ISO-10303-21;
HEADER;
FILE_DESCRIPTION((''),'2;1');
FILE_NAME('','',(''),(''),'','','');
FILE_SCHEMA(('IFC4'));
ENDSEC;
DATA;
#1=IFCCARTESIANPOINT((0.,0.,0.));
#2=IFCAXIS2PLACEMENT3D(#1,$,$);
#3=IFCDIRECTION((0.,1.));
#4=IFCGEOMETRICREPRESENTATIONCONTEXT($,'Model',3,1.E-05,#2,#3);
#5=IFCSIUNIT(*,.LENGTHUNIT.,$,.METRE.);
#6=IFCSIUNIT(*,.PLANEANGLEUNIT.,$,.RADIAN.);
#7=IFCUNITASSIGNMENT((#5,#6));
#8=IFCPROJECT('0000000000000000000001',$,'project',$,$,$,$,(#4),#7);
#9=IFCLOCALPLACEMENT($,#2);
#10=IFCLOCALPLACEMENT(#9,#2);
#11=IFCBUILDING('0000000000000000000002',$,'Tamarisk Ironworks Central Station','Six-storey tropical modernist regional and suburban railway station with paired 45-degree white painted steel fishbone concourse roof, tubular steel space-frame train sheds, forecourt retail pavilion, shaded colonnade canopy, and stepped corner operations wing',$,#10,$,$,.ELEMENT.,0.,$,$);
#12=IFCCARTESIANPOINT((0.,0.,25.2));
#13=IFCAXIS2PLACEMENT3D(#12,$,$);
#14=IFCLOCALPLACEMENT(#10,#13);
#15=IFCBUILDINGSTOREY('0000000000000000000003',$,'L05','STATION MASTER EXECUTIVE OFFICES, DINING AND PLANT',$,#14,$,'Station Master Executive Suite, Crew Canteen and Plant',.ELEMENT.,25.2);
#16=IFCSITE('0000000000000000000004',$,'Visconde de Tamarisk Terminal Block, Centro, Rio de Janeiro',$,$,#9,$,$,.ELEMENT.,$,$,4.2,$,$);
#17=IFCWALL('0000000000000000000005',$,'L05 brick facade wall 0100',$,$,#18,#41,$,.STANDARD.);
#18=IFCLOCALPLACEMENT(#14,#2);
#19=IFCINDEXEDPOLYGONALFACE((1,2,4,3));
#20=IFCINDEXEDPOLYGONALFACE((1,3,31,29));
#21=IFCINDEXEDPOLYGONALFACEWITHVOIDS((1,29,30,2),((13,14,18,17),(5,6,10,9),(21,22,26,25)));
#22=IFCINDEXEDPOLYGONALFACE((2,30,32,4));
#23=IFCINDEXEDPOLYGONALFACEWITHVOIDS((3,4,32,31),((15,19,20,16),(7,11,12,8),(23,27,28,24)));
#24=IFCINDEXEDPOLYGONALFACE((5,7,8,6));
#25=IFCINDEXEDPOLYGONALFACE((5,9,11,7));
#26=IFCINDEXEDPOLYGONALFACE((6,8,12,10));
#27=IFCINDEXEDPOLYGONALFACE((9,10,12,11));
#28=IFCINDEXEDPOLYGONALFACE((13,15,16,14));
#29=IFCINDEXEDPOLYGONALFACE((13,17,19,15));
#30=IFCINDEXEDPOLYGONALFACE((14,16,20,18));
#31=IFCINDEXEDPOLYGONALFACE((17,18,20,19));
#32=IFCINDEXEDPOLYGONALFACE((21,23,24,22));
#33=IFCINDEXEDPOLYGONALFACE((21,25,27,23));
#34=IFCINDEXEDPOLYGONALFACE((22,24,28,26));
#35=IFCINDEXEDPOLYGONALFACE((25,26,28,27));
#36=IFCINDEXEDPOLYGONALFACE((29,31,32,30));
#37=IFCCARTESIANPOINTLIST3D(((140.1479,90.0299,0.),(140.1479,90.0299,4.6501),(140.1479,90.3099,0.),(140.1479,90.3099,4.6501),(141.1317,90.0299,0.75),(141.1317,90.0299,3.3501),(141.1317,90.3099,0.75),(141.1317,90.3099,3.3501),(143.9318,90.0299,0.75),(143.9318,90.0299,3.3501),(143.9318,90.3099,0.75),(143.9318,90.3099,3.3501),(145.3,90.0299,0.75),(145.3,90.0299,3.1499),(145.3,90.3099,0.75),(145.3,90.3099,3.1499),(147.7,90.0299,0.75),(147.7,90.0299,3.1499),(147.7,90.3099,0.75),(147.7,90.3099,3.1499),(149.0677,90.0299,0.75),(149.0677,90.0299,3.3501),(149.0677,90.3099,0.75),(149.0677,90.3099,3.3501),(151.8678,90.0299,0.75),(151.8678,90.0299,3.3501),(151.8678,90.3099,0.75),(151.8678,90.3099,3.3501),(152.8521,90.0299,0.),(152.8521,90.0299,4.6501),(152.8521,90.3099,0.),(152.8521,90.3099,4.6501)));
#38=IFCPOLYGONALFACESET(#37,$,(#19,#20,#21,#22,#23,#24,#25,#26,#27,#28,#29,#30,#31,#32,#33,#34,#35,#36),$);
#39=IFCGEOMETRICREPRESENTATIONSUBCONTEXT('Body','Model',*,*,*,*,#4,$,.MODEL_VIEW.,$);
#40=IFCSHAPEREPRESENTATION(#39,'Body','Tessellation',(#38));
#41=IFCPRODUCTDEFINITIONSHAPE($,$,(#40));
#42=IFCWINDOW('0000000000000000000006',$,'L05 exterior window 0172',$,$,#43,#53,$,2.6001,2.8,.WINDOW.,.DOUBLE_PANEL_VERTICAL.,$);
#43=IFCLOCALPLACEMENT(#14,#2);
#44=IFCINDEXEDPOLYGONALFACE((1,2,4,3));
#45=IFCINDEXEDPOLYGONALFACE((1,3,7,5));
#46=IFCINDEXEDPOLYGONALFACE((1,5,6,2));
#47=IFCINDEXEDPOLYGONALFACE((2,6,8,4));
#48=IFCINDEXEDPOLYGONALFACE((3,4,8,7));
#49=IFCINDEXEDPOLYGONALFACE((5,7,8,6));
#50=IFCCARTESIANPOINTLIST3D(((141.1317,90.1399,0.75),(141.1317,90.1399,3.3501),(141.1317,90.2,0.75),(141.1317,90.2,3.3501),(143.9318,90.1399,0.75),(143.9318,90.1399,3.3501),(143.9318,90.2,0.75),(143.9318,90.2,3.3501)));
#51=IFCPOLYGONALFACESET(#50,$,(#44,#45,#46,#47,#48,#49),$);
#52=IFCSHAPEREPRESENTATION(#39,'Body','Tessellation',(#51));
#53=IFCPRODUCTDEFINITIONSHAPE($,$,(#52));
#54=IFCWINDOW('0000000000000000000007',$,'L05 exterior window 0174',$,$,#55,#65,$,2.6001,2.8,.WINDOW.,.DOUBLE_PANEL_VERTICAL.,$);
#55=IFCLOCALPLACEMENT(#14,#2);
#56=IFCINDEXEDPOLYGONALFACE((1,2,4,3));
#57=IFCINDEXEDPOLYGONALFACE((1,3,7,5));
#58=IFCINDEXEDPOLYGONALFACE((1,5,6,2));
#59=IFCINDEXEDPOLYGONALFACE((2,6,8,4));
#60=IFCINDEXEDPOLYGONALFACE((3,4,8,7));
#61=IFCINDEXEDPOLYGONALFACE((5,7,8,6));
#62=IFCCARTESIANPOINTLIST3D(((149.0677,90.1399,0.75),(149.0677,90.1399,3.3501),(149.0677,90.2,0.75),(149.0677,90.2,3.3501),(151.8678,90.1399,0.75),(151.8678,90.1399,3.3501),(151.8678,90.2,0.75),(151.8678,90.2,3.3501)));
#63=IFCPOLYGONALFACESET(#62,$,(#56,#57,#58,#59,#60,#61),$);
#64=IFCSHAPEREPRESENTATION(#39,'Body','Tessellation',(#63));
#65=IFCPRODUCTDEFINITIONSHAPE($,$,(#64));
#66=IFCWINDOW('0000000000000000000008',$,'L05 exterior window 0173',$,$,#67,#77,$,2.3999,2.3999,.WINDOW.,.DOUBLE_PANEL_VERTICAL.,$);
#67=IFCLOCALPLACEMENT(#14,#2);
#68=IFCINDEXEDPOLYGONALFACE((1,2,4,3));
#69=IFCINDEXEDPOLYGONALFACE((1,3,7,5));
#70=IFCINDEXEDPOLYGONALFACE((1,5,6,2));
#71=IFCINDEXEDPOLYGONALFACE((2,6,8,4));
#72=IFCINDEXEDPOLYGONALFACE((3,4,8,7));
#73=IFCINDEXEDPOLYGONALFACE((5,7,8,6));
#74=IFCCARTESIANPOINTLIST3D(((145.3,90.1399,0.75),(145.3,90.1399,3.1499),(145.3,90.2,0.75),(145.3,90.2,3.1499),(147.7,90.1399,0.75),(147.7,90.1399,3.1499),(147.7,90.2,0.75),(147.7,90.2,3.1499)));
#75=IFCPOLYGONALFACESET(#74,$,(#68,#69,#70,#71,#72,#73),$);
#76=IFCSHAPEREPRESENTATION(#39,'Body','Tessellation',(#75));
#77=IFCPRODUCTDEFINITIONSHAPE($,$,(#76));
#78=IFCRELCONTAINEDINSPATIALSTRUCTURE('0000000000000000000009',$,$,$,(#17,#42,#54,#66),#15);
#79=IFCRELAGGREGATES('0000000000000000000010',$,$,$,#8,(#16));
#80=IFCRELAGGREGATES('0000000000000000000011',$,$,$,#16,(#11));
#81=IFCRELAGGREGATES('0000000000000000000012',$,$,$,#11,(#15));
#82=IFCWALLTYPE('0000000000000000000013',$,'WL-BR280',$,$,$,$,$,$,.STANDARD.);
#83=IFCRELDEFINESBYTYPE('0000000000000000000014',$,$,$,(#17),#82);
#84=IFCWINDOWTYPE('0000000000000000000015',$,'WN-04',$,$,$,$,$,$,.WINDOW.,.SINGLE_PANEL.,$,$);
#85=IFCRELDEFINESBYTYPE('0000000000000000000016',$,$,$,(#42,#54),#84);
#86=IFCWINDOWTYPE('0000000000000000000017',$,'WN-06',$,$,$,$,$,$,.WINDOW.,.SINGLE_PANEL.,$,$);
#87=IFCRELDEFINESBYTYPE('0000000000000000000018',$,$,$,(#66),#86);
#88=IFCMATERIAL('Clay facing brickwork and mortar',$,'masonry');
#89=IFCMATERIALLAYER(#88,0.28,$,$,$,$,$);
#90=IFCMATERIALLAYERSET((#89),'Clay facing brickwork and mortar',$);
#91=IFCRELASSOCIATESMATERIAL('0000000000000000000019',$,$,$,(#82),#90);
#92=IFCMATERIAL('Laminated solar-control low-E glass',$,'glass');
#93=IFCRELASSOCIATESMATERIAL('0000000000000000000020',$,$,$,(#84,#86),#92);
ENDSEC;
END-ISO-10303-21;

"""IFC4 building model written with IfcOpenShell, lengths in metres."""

from ifc_helpers import new_model, si_unit, direction, frame, frame_2d, origin, place, context, subcontext, project, spatial, rectangle, extrude, material, layer, layer_set, type_object, element, fill, save


model = new_model("IFC4")

# Units and contexts
model_context = context("Model", 3, precision=1e-05, world=origin(), true_north=direction((0.0, 1.0)))
body_context = subcontext(model_context, "Body", "Model", "MODEL_VIEW")
ifc_project = project(units=[si_unit("LENGTHUNIT", "METRE"), si_unit("PLANEANGLEUNIT", "RADIAN")], contexts=[model_context])

# Site, building, storey
site_placement = place(None, origin())
site = spatial("IfcSite", under=ifc_project, at=site_placement, Name="Visconde de Tamarisk Terminal Block, Centro, Rio de Janeiro", CompositionType="ELEMENT", RefElevation=4.2)
building_placement = place(site_placement, origin())
building = spatial("IfcBuilding", under=site, at=building_placement, Name="Tamarisk Ironworks Central Station", Description="Six-storey tropical modernist regional and suburban railway station with paired 45-degree white painted steel fishbone concourse roof, tubular steel space-frame train sheds, forecourt retail pavilion, shaded colonnade canopy, and stepped corner operations wing", CompositionType="ELEMENT", ElevationOfRefHeight=0.0)
storey_placement = place(building_placement, frame((0.0, 0.0, 25.2)))
storey = spatial("IfcBuildingStorey", under=building, at=storey_placement, Name="L05", Description="STATION MASTER EXECUTIVE OFFICES, DINING AND PLANT", LongName="Station Master Executive Suite, Crew Canteen and Plant", CompositionType="ELEMENT", Elevation=25.2)

# Wall, openings, windows
ifc_material_1 = material(Name="Clay facing brickwork and mortar", Category="masonry")
ifc_layer_1 = layer(ifc_material_1, 0.28)
ifc_layer_set_1 = layer_set([ifc_layer_1], Name="Clay facing brickwork and mortar")
wall_type = type_object("IfcWallType", Name="WL-BR280", PredefinedType="STANDARD", material=ifc_layer_set_1)
wall_placement = place(storey_placement, frame((140.1479, 90.1699, 0.0), z_axis=(0.0, 0.0, 1.0), x_axis=(1.0, 0.0, 0.0)))
wall = element("IfcWall", 1, at=wall_placement, inside=storey, type_object=wall_type, Name="L05 brick facade wall 0100", PredefinedType="STANDARD", context=body_context, shape_type="SweptSolid", body=[
    extrude(rectangle(XDim=12.7041, YDim=0.28, at=frame_2d((6.3521, 0.0))), origin(), (0.0, 0.0, 1.0), 4.6501),
])
opening_1_placement = place(wall_placement, frame((0.9839, 0.0, 0.75)))
opening_1 = element("IfcOpeningElement", 2, at=opening_1_placement, cuts=wall, PredefinedType="OPENING", context=body_context, shape_type="SweptSolid", body=[
    extrude(rectangle(XDim=2.8, YDim=2.6001, at=frame_2d((1.3999, 1.3))), frame((0.0, 0.1519, 0.0), z_axis=(0.0, -1.0, 0.0), x_axis=(1.0, 0.0, 0.0)), (0.0, 0.0, 1.0), 0.304),
])
opening_2_placement = place(wall_placement, frame((5.1521, 0.0, 0.75)))
opening_2 = element("IfcOpeningElement", 3, at=opening_2_placement, cuts=wall, PredefinedType="OPENING", context=body_context, shape_type="SweptSolid", body=[
    extrude(rectangle(XDim=2.3999, YDim=2.3999, at=frame_2d((1.2, 1.2))), frame((0.0, 0.1519, 0.0), z_axis=(0.0, -1.0, 0.0), x_axis=(1.0, 0.0, 0.0)), (0.0, 0.0, 1.0), 0.304),
])
opening_3_placement = place(wall_placement, frame((8.9199, 0.0, 0.75)))
opening_3 = element("IfcOpeningElement", 4, at=opening_3_placement, cuts=wall, PredefinedType="OPENING", context=body_context, shape_type="SweptSolid", body=[
    extrude(rectangle(XDim=2.8, YDim=2.6001, at=frame_2d((1.3999, 1.3))), frame((0.0, 0.1519, 0.0), z_axis=(0.0, -1.0, 0.0), x_axis=(1.0, 0.0, 0.0)), (0.0, 0.0, 1.0), 0.304),
])
ifc_material_2 = material(Name="Laminated solar-control low-E glass", Category="glass")
window_type_1 = type_object("IfcWindowType", Name="WN-04", PartitioningType="SINGLE_PANEL", PredefinedType="WINDOW", material=ifc_material_2)
window_1_placement = place(opening_1_placement, origin())
window_1 = element("IfcWindow", 5, at=window_1_placement, inside=storey, type_object=window_type_1, Name="L05 exterior window 0172", OverallHeight=2.6001, OverallWidth=2.8, PartitioningType="DOUBLE_PANEL_VERTICAL", PredefinedType="WINDOW", context=body_context, shape_type="SweptSolid", body=[
    extrude(rectangle(XDim=2.8, YDim=2.6001, at=frame_2d((1.3999, 1.3))), frame((0.0, 0.03, 0.0), z_axis=(0.0, -1.0, 0.0), x_axis=(1.0, 0.0, 0.0)), (0.0, 0.0, 1.0), 0.0601),
])
fill(opening_1, window_1)
window_2_placement = place(opening_3_placement, origin())
window_2 = element("IfcWindow", 6, at=window_2_placement, inside=storey, type_object=window_type_1, Name="L05 exterior window 0174", OverallHeight=2.6001, OverallWidth=2.8, PartitioningType="DOUBLE_PANEL_VERTICAL", PredefinedType="WINDOW", context=body_context, shape_type="SweptSolid", body=[
    extrude(rectangle(XDim=2.8, YDim=2.6001, at=frame_2d((1.3999, 1.3))), frame((0.0, 0.03, 0.0), z_axis=(0.0, -1.0, 0.0), x_axis=(1.0, 0.0, 0.0)), (0.0, 0.0, 1.0), 0.0601),
])
fill(opening_3, window_2)
window_type_2 = type_object("IfcWindowType", Name="WN-06", PartitioningType="SINGLE_PANEL", PredefinedType="WINDOW", material=ifc_material_2)
window_3_placement = place(opening_2_placement, origin())
window_3 = element("IfcWindow", 7, at=window_3_placement, inside=storey, type_object=window_type_2, Name="L05 exterior window 0173", OverallHeight=2.3999, OverallWidth=2.3999, PartitioningType="DOUBLE_PANEL_VERTICAL", PredefinedType="WINDOW", context=body_context, shape_type="SweptSolid", body=[
    extrude(rectangle(XDim=2.3999, YDim=2.3999, at=frame_2d((1.2, 1.2))), frame((0.0, 0.03, 0.0), z_axis=(0.0, -1.0, 0.0), x_axis=(1.0, 0.0, 0.0)), (0.0, 0.0, 1.0), 0.0601),
])
fill(opening_2, window_3)

save(model, "model.ifc")
